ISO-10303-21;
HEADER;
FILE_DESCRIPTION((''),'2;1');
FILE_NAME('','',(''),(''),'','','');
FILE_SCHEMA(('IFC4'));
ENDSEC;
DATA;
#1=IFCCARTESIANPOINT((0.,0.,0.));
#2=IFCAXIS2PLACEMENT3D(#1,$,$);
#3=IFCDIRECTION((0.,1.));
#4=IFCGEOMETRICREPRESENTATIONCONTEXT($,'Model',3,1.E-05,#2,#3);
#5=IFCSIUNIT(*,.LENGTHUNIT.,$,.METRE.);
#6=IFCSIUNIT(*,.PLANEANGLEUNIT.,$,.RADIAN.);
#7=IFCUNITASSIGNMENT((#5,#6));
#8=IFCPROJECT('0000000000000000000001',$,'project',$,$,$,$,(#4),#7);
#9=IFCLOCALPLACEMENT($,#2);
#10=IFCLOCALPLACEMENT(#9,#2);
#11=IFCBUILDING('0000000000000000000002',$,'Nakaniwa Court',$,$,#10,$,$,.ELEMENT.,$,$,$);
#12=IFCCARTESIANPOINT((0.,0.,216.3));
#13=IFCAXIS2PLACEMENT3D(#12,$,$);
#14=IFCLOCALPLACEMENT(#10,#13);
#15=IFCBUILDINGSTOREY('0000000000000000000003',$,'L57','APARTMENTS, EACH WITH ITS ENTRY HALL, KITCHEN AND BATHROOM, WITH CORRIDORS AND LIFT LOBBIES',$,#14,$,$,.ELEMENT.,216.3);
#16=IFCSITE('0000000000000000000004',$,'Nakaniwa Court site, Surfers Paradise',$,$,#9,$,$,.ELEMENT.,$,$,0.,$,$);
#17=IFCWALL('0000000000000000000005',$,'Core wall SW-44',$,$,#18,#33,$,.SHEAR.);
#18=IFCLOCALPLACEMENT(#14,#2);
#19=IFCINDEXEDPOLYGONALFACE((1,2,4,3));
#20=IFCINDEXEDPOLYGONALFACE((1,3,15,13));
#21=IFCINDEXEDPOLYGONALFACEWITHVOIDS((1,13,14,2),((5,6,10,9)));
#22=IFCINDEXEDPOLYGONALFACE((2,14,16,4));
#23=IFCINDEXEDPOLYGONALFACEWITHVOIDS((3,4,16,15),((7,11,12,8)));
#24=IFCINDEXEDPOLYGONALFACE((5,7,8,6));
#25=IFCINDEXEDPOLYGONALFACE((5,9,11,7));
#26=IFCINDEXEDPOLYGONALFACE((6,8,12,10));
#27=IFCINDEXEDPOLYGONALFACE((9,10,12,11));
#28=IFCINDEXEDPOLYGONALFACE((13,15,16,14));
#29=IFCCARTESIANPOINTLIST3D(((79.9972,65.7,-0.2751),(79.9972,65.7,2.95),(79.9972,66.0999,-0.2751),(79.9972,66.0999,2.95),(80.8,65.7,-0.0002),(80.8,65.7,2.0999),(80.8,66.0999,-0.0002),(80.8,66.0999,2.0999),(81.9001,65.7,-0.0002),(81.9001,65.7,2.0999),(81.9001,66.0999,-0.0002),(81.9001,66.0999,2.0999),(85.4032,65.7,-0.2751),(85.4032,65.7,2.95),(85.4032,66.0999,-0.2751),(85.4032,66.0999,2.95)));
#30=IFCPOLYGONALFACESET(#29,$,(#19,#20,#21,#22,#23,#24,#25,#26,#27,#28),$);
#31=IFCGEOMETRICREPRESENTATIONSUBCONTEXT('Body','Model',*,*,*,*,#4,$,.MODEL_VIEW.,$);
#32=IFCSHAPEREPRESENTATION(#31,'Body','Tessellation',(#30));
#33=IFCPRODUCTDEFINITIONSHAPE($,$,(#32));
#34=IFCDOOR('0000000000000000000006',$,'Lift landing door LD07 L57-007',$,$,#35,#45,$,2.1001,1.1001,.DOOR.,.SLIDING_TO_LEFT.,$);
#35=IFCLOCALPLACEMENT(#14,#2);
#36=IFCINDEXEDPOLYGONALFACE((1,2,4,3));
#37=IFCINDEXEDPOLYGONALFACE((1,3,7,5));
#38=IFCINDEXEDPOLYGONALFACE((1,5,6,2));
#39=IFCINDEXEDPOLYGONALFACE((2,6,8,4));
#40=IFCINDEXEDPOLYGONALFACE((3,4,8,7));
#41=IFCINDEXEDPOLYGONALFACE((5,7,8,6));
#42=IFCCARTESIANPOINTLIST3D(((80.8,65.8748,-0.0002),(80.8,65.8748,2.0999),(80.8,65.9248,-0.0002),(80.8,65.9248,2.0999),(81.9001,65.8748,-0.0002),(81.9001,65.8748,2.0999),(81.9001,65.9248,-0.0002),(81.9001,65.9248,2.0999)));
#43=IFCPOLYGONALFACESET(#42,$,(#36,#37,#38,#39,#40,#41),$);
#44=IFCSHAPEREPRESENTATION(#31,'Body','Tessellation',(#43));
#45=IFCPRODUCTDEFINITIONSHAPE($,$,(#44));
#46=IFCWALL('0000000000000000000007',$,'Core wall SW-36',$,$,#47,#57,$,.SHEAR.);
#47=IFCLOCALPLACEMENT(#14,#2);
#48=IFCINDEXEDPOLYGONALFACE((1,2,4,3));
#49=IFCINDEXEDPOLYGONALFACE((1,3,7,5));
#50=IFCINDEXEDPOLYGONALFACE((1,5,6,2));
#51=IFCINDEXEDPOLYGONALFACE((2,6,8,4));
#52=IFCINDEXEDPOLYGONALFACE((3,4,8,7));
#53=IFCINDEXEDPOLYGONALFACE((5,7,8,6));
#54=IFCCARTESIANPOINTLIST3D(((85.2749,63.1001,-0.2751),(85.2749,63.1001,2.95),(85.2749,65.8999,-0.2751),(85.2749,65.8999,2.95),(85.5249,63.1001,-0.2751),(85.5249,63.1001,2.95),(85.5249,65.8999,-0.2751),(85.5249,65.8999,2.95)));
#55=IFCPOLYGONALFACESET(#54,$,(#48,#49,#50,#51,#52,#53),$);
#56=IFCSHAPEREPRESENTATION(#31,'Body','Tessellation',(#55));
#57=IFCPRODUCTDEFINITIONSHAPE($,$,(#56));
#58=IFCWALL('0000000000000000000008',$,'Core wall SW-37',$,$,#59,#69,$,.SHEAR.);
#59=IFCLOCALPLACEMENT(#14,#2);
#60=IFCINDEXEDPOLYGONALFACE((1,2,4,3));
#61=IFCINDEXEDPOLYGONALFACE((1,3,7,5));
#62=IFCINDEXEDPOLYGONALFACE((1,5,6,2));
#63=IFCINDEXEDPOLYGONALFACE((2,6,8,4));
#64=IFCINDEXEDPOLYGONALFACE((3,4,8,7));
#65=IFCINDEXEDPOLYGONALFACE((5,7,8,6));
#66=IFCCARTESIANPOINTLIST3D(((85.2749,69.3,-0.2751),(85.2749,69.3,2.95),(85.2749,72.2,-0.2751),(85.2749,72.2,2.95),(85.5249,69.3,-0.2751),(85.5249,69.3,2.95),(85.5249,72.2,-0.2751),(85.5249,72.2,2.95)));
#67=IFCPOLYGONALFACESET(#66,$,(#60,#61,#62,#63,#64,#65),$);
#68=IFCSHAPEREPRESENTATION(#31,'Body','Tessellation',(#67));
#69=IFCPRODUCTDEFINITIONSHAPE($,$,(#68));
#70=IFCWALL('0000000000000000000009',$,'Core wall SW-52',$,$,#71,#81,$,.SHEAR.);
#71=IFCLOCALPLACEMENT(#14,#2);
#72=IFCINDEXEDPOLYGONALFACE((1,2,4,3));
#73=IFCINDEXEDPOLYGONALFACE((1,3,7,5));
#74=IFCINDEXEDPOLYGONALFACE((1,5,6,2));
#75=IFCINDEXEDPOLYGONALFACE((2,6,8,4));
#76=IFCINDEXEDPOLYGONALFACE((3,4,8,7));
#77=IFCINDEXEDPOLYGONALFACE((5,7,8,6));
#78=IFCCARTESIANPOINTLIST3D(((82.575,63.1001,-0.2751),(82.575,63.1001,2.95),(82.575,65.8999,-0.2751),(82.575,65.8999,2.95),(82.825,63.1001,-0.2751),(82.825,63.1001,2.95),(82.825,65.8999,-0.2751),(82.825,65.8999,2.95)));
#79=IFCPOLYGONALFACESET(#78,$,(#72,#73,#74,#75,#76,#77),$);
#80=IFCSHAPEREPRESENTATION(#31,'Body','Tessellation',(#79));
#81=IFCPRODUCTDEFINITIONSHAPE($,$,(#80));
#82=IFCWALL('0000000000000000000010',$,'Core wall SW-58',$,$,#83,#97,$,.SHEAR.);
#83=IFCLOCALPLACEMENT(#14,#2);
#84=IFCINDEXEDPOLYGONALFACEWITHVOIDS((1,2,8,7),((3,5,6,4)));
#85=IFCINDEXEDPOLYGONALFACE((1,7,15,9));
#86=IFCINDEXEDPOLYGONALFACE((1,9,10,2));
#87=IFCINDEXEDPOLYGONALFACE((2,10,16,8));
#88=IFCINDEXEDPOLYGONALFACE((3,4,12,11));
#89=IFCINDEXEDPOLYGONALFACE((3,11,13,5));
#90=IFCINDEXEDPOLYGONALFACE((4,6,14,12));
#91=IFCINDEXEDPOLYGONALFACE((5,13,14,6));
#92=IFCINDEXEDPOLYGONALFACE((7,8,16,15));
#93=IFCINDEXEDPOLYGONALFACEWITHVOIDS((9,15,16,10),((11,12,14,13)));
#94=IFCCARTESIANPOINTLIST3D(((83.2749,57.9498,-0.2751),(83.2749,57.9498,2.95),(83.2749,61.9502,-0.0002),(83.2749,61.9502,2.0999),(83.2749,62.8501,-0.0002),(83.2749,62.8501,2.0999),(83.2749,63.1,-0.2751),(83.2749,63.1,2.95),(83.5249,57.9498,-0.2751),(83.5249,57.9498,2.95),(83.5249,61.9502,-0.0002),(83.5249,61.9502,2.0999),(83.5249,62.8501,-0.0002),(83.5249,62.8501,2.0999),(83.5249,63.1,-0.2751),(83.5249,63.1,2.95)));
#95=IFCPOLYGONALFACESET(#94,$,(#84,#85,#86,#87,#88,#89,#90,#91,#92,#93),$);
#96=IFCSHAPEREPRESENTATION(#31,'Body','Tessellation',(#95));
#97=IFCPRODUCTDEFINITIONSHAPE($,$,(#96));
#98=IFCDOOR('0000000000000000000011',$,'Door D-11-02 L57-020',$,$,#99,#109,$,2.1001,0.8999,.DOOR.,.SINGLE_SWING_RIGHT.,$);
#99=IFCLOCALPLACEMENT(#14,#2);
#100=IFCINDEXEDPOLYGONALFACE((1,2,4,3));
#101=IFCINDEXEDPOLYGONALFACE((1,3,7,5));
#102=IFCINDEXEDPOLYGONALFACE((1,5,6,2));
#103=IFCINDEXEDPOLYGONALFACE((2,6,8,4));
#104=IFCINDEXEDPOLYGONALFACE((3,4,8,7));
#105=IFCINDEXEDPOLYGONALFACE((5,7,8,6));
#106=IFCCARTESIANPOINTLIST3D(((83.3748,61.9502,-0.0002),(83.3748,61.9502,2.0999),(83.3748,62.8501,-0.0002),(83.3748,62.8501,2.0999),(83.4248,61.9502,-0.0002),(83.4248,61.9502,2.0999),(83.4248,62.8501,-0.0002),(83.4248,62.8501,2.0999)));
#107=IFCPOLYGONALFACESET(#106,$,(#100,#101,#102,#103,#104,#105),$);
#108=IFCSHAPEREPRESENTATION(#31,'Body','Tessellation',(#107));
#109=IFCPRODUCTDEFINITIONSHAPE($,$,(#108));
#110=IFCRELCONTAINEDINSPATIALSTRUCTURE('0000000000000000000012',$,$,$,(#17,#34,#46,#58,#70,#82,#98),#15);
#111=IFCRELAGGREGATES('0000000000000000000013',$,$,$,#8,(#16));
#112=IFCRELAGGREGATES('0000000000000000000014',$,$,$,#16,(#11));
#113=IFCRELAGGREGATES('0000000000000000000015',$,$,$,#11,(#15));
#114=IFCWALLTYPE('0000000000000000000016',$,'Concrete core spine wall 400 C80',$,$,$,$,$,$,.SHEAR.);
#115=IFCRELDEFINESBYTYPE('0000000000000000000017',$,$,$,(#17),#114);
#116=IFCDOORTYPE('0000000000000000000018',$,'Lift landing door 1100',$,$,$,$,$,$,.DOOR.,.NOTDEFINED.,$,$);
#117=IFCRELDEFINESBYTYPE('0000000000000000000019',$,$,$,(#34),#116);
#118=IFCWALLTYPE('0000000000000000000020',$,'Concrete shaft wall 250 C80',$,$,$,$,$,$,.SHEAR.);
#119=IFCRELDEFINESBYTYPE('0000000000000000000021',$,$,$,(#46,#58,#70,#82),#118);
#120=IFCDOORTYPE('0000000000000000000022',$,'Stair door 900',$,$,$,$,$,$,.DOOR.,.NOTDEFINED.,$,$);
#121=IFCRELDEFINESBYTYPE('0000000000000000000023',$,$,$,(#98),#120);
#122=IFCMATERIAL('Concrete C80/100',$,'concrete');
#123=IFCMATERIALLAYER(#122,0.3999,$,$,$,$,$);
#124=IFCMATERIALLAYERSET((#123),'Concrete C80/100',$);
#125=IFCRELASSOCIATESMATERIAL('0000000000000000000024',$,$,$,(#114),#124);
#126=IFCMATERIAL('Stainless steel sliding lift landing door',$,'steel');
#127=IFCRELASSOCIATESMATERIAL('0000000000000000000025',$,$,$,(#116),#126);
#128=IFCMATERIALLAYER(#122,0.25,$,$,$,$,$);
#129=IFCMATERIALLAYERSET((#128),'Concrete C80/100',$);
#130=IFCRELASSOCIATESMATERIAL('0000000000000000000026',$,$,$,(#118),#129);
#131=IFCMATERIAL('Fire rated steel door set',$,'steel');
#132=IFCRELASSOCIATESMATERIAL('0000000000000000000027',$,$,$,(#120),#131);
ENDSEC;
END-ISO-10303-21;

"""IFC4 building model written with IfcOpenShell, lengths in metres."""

from ifc_helpers import new_model, si_unit, direction, frame, frame_2d, origin, place, context, subcontext, project, spatial, rectangle, extrude, material, layer, layer_set, type_object, element, fill, save


model = new_model("IFC4")

# Units and contexts
model_context = context("Model", 3, precision=1e-05, world=origin(), true_north=direction((0.0, 1.0)))
body_context = subcontext(model_context, "Body", "Model", "MODEL_VIEW")
ifc_project = project(units=[si_unit("LENGTHUNIT", "METRE"), si_unit("PLANEANGLEUNIT", "RADIAN")], contexts=[model_context])

# Site, building, storey
site_placement = place(None, origin())
site = spatial("IfcSite", under=ifc_project, at=site_placement, Name="Nakaniwa Court site, Surfers Paradise", CompositionType="ELEMENT", RefElevation=0.0)
building_placement = place(site_placement, origin())
building = spatial("IfcBuilding", under=site, at=building_placement, Name="Nakaniwa Court", CompositionType="ELEMENT")
storey_placement = place(building_placement, frame((0.0, 0.0, 216.3)))
storey = spatial("IfcBuildingStorey", under=building, at=storey_placement, Name="L57", Description="APARTMENTS, EACH WITH ITS ENTRY HALL, KITCHEN AND BATHROOM, WITH CORRIDORS AND LIFT LOBBIES", CompositionType="ELEMENT", Elevation=216.3)

# Wall, opening, door
ifc_material_1 = material(Name="Fire rated steel door set", Category="steel")
ifc_material_2 = material(Name="Concrete C80/100", Category="concrete")
ifc_layer_1 = layer(ifc_material_2, 0.3999)
ifc_layer_set_1 = layer_set([ifc_layer_1], Name="Concrete C80/100")
wall_type_1 = type_object("IfcWallType", Name="Concrete core spine wall 400 C80", PredefinedType="SHEAR", material=ifc_layer_set_1)
wall_1_placement = place(storey_placement, frame((79.9971, 65.8999, -0.2751), z_axis=(0.0, 0.0, 1.0), x_axis=(1.0, 0.0, 0.0)))
wall_1 = element("IfcWall", 1, at=wall_1_placement, inside=storey, type_object=wall_type_1, Name="Core wall SW-44", PredefinedType="SHEAR", context=body_context, shape_type="SweptSolid", body=[
    extrude(rectangle(XDim=5.406, YDim=0.3999, at=frame_2d((2.7031, 0.0))), origin(), (0.0, 0.0, 1.0), 3.2251),
])
opening_1_placement = place(wall_1_placement, frame((0.803, 0.0, 0.2749)))
opening_1 = element("IfcOpeningElement", 2, at=opening_1_placement, cuts=wall_1, PredefinedType="OPENING", context=body_context, shape_type="SweptSolid", body=[
    extrude(rectangle(XDim=1.1001, YDim=2.1001, at=frame_2d((0.55, 1.05))), frame((0.0, 0.21, 0.0), z_axis=(0.0, -1.0, 0.0), x_axis=(1.0, 0.0, 0.0)), (0.0, 0.0, 1.0), 0.4199),
])
ifc_material_3 = material(Name="Stainless steel sliding lift landing door", Category="steel")
door_type_1 = type_object("IfcDoorType", Name="Lift landing door 1100", OperationType="NOTDEFINED", PredefinedType="DOOR", material=ifc_material_3)
door_1_placement = place(opening_1_placement, origin())
door_1 = element("IfcDoor", 3, at=door_1_placement, inside=storey, type_object=door_type_1, Name="Lift landing door LD07 L57-007", OperationType="SLIDING_TO_LEFT", OverallHeight=2.1001, OverallWidth=1.1001, PredefinedType="DOOR", context=body_context, shape_type="SweptSolid", body=[
    extrude(rectangle(XDim=1.1001, YDim=2.1001, at=frame_2d((0.55, 1.05))), frame((0.0, 0.0249, 0.0), z_axis=(0.0, -1.0, 0.0), x_axis=(1.0, 0.0, 0.0)), (0.0, 0.0, 1.0), 0.05),
])
fill(opening_1, door_1)

# Walls
ifc_layer_2 = layer(ifc_material_2, 0.25)
ifc_layer_set_2 = layer_set([ifc_layer_2], Name="Concrete C80/100")
wall_type_2 = type_object("IfcWallType", Name="Concrete shaft wall 250 C80", PredefinedType="SHEAR", material=ifc_layer_set_2)
wall_2_placement = place(storey_placement, frame((85.3999, 63.1001, -0.2751), z_axis=(0.0, 0.0, 1.0), x_axis=(0.0, 1.0, 0.0)))
element("IfcWall", 4, at=wall_2_placement, inside=storey, type_object=wall_type_2, Name="Core wall SW-36", PredefinedType="SHEAR", context=body_context, shape_type="SweptSolid", body=[
    extrude(rectangle(XDim=2.7998, YDim=0.25, at=frame_2d((1.3999, 0.0))), origin(), (0.0, 0.0, 1.0), 3.2251),
])
wall_3_placement = place(storey_placement, frame((85.3999, 69.3, -0.2751), z_axis=(0.0, 0.0, 1.0), x_axis=(0.0, 1.0, 0.0)))
element("IfcWall", 5, at=wall_3_placement, inside=storey, type_object=wall_type_2, Name="Core wall SW-37", PredefinedType="SHEAR", context=body_context, shape_type="SweptSolid", body=[
    extrude(rectangle(XDim=2.8999, YDim=0.25, at=frame_2d((1.45, 0.0))), origin(), (0.0, 0.0, 1.0), 3.2251),
])
wall_4_placement = place(storey_placement, frame((82.7, 63.1001, -0.2751), z_axis=(0.0, 0.0, 1.0), x_axis=(0.0, 1.0, 0.0)))
element("IfcWall", 6, at=wall_4_placement, inside=storey, type_object=wall_type_2, Name="Core wall SW-52", PredefinedType="SHEAR", context=body_context, shape_type="SweptSolid", body=[
    extrude(rectangle(XDim=2.7998, YDim=0.25, at=frame_2d((1.3999, 0.0))), origin(), (0.0, 0.0, 1.0), 3.2251),
])

# Wall, opening, door
wall_5_placement = place(storey_placement, frame((83.3999, 63.1001, -0.2751), z_axis=(0.0, 0.0, 1.0), x_axis=(0.0, -1.0, 0.0)))
wall_5 = element("IfcWall", 7, at=wall_5_placement, inside=storey, type_object=wall_type_2, Name="Core wall SW-58", PredefinedType="SHEAR", context=body_context, shape_type="SweptSolid", body=[
    extrude(rectangle(XDim=5.1501, YDim=0.25, at=frame_2d((2.5752, 0.0))), origin(), (0.0, 0.0, 1.0), 3.2251),
])
opening_2_placement = place(wall_5_placement, frame((0.25, 0.0, 0.2749)))
opening_2 = element("IfcOpeningElement", 8, at=opening_2_placement, cuts=wall_5, PredefinedType="OPENING", context=body_context, shape_type="SweptSolid", body=[
    extrude(rectangle(XDim=0.8999, YDim=2.1001, at=frame_2d((0.45, 1.05))), frame((0.0, 0.135, 0.0), z_axis=(0.0, -1.0, 0.0), x_axis=(1.0, 0.0, 0.0)), (0.0, 0.0, 1.0), 0.27),
])
door_type_2 = type_object("IfcDoorType", Name="Stair door 900", OperationType="NOTDEFINED", PredefinedType="DOOR", material=ifc_material_1)
door_2_placement = place(opening_2_placement, origin())
door_2 = element("IfcDoor", 9, at=door_2_placement, inside=storey, type_object=door_type_2, Name="Door D-11-02 L57-020", OperationType="SINGLE_SWING_RIGHT", OverallHeight=2.1001, OverallWidth=0.8999, PredefinedType="DOOR", context=body_context, shape_type="SweptSolid", body=[
    extrude(rectangle(XDim=0.8999, YDim=2.1001, at=frame_2d((0.45, 1.05))), frame((0.0, 0.0249, 0.0), z_axis=(0.0, -1.0, 0.0), x_axis=(1.0, 0.0, 0.0)), (0.0, 0.0, 1.0), 0.05),
])
fill(opening_2, door_2)

save(model, "model.ifc")
